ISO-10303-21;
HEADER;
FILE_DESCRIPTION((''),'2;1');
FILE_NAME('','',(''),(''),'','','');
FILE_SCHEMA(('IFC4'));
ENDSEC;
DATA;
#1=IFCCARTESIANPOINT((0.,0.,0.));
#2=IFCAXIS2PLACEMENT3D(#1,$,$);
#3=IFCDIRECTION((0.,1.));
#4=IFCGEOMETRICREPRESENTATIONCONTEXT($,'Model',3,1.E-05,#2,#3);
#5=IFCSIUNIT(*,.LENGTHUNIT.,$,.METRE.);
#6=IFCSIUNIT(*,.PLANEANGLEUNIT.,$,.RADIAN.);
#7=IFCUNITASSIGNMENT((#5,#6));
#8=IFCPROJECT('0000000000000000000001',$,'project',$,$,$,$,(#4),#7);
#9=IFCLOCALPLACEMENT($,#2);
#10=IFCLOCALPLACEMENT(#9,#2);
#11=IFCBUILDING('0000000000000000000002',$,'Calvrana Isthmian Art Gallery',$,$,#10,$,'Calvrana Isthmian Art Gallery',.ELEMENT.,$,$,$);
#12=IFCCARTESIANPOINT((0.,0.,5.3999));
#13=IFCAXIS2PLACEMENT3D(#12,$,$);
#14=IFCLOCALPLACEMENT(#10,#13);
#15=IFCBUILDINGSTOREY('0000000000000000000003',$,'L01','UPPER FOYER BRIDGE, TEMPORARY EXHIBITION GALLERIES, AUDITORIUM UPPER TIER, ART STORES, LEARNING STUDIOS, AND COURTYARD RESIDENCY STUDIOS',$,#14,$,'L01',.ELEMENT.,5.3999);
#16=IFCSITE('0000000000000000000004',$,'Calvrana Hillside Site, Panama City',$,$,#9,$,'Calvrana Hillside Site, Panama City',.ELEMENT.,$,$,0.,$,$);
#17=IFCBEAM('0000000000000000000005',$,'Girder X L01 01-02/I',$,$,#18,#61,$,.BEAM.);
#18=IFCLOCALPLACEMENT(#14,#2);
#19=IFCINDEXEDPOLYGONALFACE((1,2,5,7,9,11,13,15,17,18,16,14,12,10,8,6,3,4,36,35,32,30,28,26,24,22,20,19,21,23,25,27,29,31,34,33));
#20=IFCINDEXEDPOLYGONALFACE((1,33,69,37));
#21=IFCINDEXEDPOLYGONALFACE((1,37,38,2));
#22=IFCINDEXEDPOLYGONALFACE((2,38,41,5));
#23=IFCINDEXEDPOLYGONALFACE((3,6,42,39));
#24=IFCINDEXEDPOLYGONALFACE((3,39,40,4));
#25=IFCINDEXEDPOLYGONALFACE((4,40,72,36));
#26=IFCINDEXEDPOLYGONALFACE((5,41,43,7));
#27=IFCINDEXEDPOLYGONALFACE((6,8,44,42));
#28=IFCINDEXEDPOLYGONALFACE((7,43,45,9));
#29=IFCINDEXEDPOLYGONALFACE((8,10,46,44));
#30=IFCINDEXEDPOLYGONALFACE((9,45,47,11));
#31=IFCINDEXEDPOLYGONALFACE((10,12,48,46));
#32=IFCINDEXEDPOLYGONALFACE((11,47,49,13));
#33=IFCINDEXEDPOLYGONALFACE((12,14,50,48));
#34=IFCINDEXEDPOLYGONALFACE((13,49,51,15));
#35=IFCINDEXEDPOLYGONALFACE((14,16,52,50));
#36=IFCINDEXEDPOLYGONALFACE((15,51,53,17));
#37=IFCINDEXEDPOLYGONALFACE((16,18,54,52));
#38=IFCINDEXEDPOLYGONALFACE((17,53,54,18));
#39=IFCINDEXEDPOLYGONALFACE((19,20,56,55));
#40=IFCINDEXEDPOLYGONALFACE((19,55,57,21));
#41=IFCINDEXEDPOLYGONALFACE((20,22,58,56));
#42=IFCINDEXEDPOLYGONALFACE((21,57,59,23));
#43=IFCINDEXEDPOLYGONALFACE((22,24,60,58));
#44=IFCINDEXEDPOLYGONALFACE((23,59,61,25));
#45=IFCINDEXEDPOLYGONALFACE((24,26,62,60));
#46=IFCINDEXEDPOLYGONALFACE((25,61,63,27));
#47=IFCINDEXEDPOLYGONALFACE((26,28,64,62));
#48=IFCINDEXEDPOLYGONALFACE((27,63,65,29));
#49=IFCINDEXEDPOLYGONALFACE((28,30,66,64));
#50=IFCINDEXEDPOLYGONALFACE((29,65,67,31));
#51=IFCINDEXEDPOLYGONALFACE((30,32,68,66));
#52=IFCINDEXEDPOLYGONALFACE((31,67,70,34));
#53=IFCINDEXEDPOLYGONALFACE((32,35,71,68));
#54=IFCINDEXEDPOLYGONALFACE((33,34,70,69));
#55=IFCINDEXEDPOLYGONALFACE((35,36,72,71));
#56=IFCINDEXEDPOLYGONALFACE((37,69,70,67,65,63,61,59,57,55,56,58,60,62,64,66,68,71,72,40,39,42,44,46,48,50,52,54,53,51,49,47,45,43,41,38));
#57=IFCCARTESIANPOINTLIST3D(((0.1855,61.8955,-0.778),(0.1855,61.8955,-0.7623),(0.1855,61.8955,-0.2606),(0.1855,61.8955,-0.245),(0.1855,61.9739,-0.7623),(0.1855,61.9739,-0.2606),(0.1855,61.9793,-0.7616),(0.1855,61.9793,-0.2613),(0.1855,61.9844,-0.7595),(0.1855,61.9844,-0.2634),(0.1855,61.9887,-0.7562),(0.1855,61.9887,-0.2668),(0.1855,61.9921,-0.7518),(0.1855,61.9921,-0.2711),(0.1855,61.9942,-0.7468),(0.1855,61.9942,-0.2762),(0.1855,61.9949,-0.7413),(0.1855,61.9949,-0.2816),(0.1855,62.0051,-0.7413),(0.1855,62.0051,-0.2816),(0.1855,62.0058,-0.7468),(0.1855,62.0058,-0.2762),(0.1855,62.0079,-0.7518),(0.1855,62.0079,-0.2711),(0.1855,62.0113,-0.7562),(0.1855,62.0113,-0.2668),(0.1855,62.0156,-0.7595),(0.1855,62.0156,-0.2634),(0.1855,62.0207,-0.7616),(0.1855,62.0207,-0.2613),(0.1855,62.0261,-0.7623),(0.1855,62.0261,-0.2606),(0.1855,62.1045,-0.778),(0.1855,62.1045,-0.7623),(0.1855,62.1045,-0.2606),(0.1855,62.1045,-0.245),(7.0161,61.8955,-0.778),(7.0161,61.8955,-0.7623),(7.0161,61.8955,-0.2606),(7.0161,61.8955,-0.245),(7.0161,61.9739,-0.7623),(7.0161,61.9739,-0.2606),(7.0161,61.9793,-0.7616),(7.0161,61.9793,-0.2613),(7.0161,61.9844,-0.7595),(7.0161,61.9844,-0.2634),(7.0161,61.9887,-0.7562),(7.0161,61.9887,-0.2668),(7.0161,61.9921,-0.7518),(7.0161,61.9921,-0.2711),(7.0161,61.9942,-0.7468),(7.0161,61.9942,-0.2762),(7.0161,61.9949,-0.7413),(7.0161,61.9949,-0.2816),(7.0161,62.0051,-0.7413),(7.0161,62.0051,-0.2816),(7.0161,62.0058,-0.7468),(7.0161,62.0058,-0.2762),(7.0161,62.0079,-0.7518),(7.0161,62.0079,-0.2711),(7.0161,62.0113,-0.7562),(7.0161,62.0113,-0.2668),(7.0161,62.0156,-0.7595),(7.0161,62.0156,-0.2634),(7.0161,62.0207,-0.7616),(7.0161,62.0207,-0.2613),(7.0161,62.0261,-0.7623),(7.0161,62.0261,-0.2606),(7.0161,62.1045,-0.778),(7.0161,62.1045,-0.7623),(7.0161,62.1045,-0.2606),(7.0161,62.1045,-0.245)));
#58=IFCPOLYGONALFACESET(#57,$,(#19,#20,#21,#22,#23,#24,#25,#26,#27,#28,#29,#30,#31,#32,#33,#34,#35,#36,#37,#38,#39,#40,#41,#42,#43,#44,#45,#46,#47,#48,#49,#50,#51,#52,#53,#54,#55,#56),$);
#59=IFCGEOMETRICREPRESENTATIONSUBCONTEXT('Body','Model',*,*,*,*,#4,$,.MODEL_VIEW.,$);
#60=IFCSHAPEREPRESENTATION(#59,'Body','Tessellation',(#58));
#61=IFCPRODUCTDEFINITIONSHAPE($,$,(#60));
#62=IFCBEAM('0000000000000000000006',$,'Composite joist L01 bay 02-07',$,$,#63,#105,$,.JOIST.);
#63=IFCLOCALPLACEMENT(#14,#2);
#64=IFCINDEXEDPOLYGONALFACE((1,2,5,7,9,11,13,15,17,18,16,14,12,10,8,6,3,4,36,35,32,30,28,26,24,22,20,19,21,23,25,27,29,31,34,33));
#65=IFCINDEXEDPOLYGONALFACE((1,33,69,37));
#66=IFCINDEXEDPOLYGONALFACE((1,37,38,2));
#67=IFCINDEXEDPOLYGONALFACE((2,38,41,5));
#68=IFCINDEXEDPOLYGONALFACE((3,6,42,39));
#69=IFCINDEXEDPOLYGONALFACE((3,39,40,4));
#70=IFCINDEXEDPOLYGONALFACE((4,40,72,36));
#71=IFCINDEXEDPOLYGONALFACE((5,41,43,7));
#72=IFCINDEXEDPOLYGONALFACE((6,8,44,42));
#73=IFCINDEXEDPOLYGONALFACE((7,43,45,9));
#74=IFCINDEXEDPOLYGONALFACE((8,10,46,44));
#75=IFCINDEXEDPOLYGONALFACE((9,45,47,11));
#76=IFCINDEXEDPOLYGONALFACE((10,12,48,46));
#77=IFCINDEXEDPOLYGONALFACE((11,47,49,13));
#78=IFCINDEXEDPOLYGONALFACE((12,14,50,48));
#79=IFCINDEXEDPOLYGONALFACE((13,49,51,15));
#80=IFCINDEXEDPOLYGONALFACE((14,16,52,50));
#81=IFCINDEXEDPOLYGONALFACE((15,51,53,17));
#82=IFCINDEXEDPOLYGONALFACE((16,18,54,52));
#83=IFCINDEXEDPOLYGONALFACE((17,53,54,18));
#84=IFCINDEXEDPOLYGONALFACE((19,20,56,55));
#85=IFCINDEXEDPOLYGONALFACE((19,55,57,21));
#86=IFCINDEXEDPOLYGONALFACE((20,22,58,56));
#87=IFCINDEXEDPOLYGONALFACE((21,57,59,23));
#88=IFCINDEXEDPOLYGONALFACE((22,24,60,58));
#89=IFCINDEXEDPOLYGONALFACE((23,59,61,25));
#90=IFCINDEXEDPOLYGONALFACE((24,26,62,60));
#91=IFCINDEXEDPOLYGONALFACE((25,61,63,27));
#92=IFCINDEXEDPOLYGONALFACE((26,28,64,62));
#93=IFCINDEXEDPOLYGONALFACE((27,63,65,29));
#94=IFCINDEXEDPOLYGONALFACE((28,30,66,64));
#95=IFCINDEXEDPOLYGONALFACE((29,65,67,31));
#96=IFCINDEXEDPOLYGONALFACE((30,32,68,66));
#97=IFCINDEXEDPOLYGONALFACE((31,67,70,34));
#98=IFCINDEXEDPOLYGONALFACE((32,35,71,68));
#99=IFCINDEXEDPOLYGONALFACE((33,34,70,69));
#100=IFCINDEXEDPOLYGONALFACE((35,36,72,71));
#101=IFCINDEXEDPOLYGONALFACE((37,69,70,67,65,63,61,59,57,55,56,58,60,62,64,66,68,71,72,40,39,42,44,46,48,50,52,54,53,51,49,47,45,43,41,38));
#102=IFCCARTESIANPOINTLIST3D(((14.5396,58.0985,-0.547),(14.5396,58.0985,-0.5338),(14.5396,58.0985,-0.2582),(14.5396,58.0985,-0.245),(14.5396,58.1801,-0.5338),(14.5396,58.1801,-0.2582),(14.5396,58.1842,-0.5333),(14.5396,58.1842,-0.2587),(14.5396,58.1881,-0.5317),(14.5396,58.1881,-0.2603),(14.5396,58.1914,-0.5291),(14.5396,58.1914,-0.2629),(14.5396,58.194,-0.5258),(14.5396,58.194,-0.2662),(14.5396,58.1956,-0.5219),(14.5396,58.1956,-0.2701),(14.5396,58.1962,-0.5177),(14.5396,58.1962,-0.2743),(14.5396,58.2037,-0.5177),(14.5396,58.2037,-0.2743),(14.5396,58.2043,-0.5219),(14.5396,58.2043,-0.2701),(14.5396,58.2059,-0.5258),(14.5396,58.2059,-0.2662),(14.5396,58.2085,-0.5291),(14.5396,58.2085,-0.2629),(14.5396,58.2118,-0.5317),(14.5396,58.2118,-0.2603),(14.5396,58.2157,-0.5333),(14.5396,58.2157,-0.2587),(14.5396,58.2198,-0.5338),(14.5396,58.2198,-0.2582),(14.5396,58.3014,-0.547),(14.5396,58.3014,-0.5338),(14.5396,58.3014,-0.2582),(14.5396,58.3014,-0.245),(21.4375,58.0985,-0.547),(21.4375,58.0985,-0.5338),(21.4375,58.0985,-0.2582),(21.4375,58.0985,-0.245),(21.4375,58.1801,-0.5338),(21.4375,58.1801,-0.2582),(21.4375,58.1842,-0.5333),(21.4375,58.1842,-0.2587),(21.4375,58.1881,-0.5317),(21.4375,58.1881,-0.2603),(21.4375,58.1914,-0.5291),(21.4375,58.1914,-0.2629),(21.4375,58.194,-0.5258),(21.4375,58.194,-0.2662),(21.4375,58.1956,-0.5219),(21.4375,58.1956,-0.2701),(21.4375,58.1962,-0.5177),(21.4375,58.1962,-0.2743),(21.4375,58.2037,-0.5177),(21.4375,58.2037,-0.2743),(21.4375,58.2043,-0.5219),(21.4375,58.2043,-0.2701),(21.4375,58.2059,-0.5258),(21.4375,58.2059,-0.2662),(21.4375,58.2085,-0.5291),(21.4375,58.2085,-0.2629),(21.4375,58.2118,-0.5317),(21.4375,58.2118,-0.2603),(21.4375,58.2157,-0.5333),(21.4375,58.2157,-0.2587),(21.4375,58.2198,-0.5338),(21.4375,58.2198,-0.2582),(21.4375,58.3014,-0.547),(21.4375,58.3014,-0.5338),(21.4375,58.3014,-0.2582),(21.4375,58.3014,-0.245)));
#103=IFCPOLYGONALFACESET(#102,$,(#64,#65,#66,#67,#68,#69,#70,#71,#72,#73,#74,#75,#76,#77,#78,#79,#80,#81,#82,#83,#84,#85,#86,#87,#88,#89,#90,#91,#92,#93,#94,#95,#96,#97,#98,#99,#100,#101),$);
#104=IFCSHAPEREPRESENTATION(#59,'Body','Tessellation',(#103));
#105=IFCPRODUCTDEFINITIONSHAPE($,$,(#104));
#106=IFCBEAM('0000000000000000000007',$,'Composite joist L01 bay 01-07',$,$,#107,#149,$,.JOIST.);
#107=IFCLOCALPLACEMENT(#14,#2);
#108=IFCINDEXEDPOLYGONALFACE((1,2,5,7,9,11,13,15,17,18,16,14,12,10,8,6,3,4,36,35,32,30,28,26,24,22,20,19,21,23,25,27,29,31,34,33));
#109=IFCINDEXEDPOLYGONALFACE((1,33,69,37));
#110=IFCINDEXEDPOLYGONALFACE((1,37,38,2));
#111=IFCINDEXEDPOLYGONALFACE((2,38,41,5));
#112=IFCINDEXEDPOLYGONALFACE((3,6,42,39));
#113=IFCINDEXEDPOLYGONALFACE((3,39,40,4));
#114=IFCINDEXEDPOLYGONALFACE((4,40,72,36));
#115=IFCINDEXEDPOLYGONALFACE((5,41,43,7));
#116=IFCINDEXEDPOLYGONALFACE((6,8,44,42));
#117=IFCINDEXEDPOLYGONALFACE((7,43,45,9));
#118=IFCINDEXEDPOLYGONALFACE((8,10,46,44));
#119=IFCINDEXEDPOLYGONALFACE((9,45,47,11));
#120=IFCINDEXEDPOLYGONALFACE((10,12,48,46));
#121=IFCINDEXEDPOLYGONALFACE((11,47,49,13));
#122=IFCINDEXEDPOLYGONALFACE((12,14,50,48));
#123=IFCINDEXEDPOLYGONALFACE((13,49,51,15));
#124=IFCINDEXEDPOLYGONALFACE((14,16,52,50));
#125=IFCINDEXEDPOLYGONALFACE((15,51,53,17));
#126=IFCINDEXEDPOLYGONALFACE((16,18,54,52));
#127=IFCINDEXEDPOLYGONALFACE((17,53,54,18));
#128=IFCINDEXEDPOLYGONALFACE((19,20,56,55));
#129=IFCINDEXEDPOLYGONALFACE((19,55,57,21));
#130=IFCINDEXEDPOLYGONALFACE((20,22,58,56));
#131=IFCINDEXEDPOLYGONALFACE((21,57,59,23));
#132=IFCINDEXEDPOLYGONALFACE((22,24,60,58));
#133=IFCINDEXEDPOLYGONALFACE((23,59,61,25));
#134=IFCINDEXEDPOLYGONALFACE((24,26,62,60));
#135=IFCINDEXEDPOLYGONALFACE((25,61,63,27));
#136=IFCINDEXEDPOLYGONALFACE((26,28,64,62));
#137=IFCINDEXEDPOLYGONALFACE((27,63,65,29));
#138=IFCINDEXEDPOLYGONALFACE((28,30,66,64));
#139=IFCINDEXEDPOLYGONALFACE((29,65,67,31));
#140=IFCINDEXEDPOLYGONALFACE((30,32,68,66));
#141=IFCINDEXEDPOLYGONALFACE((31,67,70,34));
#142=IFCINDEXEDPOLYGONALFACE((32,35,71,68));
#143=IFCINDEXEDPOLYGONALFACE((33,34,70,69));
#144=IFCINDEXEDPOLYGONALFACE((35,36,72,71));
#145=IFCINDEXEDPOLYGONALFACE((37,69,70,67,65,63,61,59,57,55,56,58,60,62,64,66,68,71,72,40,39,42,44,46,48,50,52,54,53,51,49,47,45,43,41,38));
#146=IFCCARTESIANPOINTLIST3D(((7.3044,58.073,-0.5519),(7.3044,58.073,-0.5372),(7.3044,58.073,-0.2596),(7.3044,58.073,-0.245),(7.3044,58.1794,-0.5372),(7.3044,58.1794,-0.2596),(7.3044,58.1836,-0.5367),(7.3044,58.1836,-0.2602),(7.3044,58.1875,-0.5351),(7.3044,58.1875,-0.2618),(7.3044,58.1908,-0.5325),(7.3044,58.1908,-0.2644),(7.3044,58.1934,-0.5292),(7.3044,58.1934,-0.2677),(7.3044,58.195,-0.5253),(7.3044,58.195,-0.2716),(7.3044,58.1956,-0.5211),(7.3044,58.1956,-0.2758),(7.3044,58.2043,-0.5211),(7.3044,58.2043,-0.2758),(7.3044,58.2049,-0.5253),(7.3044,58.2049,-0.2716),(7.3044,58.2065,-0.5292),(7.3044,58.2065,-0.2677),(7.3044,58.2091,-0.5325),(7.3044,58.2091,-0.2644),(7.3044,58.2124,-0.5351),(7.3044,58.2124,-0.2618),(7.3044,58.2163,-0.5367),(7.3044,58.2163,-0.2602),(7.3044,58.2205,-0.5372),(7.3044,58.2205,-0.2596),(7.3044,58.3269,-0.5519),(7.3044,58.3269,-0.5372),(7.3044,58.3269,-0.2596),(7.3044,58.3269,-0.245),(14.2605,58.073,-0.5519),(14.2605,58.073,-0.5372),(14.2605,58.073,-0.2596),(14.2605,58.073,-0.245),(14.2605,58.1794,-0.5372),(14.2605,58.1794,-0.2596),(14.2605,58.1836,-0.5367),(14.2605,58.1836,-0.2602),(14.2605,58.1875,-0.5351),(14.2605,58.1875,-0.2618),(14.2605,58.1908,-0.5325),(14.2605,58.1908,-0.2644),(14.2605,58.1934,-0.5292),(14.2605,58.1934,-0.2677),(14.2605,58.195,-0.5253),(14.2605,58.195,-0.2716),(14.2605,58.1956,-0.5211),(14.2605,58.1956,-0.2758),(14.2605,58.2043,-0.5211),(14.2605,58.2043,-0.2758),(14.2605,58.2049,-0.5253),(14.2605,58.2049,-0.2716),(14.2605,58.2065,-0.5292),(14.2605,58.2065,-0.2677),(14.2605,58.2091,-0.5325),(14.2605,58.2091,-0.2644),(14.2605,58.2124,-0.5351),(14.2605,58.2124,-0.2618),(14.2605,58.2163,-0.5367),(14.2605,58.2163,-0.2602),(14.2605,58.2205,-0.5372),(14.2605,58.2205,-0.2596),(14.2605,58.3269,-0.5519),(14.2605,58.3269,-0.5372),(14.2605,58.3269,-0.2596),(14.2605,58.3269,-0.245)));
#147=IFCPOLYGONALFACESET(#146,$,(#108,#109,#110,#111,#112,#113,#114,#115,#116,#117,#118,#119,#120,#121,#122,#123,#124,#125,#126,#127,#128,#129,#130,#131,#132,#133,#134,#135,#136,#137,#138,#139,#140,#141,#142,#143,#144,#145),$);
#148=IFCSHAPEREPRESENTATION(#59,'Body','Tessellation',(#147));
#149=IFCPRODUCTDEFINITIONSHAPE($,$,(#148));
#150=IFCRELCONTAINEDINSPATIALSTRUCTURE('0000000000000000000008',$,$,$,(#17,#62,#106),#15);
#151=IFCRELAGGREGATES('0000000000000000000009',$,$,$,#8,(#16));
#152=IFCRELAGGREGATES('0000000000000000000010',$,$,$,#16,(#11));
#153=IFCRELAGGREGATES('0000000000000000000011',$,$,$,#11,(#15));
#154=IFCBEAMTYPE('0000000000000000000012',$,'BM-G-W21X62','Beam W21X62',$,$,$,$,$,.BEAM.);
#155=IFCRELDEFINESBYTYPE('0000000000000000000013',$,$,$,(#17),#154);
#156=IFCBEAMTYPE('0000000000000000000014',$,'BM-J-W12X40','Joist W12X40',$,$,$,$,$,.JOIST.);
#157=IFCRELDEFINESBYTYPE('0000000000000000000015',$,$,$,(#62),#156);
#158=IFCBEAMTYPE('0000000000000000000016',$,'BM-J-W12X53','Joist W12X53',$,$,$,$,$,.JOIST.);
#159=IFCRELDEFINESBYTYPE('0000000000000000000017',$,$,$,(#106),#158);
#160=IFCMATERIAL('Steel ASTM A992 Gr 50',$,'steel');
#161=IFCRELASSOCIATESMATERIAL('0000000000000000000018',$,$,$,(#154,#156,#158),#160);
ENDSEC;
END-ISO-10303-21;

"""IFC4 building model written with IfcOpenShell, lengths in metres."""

from ifc_helpers import new_model, si_unit, direction, frame, origin, origin_2d, place, context, subcontext, project, spatial, i_section, extrude, material, material_profile, profile_set, type_object, element, save


model = new_model("IFC4")

# Units and contexts
model_context = context("Model", 3, precision=1e-05, world=origin(), true_north=direction((0.0, 1.0)))
body_context = subcontext(model_context, "Body", "Model", "MODEL_VIEW")
ifc_project = project(units=[si_unit("LENGTHUNIT", "METRE"), si_unit("PLANEANGLEUNIT", "RADIAN")], contexts=[model_context])

# Site, building, storey
site_placement = place(None, origin())
site = spatial("IfcSite", under=ifc_project, at=site_placement, Name="Calvrana Hillside Site, Panama City", LongName="Calvrana Hillside Site, Panama City", CompositionType="ELEMENT", RefElevation=0.0)
building_placement = place(site_placement, origin())
building = spatial("IfcBuilding", under=site, at=building_placement, Name="Calvrana Isthmian Art Gallery", LongName="Calvrana Isthmian Art Gallery", CompositionType="ELEMENT")
storey_placement = place(building_placement, frame((0.0, 0.0, 5.3999)))
storey = spatial("IfcBuildingStorey", under=building, at=storey_placement, Name="L01", Description="UPPER FOYER BRIDGE, TEMPORARY EXHIBITION GALLERIES, AUDITORIUM UPPER TIER, ART STORES, LEARNING STUDIOS, AND COURTYARD RESIDENCY STUDIOS", LongName="L01", CompositionType="ELEMENT", Elevation=5.3999)

# Beams
ifc_material_1 = material(Name="Steel ASTM A992 Gr 50", Category="steel")
ifc_material_profile_1 = material_profile(ifc_material_1, i_section(OverallWidth=0.209, OverallDepth=0.533, WebThickness=0.0103, FlangeThickness=0.0156, FilletRadius=0.021, at=origin_2d()), Name="W21X62")
ifc_profile_set_1 = profile_set([ifc_material_profile_1], Name="Steel ASTM A992 Gr 50")
beam_type_1 = type_object("IfcBeamType", Name="BM-G-W21X62", Description="Beam W21X62", PredefinedType="BEAM", material=ifc_profile_set_1)
beam_1_placement = place(storey_placement, frame((0.1855, 62.0, -0.5115), z_axis=(1.0, 0.0, 0.0), x_axis=(0.0, 1.0, 0.0)))
element("IfcBeam", 1, at=beam_1_placement, inside=storey, type_object=beam_type_1, Name="Girder X L01 01-02/I", PredefinedType="BEAM", context=body_context, shape_type="SweptSolid", body=[
    extrude(i_section(OverallWidth=0.209, OverallDepth=0.533, WebThickness=0.0103, FlangeThickness=0.0156, FilletRadius=0.021, at=origin_2d()), origin(), (0.0, 0.0, 1.0), 6.8306),
])
ifc_material_profile_2 = material_profile(ifc_material_1, i_section(OverallWidth=0.2029, OverallDepth=0.302, WebThickness=0.0076, FlangeThickness=0.0132, FilletRadius=0.0161, at=origin_2d()), Name="W12X40")
ifc_profile_set_2 = profile_set([ifc_material_profile_2], Name="Steel ASTM A992 Gr 50")
beam_type_2 = type_object("IfcBeamType", Name="BM-J-W12X40", Description="Joist W12X40", PredefinedType="JOIST", material=ifc_profile_set_2)
beam_2_placement = place(storey_placement, frame((14.5396, 58.2, -0.396), z_axis=(1.0, 0.0, 0.0), x_axis=(0.0, 1.0, 0.0)))
element("IfcBeam", 2, at=beam_2_placement, inside=storey, type_object=beam_type_2, Name="Composite joist L01 bay 02-07", PredefinedType="JOIST", context=body_context, shape_type="SweptSolid", body=[
    extrude(i_section(OverallWidth=0.2029, OverallDepth=0.302, WebThickness=0.0076, FlangeThickness=0.0132, FilletRadius=0.0161, at=origin_2d()), origin(), (0.0, 0.0, 1.0), 6.8979),
])
ifc_material_profile_3 = material_profile(ifc_material_1, i_section(OverallWidth=0.2539, OverallDepth=0.3069, WebThickness=0.0088, FlangeThickness=0.0146, FilletRadius=0.0161, at=origin_2d()), Name="W12X53")
ifc_profile_set_3 = profile_set([ifc_material_profile_3], Name="Steel ASTM A992 Gr 50")
beam_type_3 = type_object("IfcBeamType", Name="BM-J-W12X53", Description="Joist W12X53", PredefinedType="JOIST", material=ifc_profile_set_3)
beam_3_placement = place(storey_placement, frame((7.3044, 58.2, -0.3984), z_axis=(1.0, 0.0, 0.0), x_axis=(0.0, 1.0, 0.0)))
element("IfcBeam", 3, at=beam_3_placement, inside=storey, type_object=beam_type_3, Name="Composite joist L01 bay 01-07", PredefinedType="JOIST", context=body_context, shape_type="SweptSolid", body=[
    extrude(i_section(OverallWidth=0.2539, OverallDepth=0.3069, WebThickness=0.0088, FlangeThickness=0.0146, FilletRadius=0.0161, at=origin_2d()), origin(), (0.0, 0.0, 1.0), 6.9561),
])

save(model, "model.ifc")
